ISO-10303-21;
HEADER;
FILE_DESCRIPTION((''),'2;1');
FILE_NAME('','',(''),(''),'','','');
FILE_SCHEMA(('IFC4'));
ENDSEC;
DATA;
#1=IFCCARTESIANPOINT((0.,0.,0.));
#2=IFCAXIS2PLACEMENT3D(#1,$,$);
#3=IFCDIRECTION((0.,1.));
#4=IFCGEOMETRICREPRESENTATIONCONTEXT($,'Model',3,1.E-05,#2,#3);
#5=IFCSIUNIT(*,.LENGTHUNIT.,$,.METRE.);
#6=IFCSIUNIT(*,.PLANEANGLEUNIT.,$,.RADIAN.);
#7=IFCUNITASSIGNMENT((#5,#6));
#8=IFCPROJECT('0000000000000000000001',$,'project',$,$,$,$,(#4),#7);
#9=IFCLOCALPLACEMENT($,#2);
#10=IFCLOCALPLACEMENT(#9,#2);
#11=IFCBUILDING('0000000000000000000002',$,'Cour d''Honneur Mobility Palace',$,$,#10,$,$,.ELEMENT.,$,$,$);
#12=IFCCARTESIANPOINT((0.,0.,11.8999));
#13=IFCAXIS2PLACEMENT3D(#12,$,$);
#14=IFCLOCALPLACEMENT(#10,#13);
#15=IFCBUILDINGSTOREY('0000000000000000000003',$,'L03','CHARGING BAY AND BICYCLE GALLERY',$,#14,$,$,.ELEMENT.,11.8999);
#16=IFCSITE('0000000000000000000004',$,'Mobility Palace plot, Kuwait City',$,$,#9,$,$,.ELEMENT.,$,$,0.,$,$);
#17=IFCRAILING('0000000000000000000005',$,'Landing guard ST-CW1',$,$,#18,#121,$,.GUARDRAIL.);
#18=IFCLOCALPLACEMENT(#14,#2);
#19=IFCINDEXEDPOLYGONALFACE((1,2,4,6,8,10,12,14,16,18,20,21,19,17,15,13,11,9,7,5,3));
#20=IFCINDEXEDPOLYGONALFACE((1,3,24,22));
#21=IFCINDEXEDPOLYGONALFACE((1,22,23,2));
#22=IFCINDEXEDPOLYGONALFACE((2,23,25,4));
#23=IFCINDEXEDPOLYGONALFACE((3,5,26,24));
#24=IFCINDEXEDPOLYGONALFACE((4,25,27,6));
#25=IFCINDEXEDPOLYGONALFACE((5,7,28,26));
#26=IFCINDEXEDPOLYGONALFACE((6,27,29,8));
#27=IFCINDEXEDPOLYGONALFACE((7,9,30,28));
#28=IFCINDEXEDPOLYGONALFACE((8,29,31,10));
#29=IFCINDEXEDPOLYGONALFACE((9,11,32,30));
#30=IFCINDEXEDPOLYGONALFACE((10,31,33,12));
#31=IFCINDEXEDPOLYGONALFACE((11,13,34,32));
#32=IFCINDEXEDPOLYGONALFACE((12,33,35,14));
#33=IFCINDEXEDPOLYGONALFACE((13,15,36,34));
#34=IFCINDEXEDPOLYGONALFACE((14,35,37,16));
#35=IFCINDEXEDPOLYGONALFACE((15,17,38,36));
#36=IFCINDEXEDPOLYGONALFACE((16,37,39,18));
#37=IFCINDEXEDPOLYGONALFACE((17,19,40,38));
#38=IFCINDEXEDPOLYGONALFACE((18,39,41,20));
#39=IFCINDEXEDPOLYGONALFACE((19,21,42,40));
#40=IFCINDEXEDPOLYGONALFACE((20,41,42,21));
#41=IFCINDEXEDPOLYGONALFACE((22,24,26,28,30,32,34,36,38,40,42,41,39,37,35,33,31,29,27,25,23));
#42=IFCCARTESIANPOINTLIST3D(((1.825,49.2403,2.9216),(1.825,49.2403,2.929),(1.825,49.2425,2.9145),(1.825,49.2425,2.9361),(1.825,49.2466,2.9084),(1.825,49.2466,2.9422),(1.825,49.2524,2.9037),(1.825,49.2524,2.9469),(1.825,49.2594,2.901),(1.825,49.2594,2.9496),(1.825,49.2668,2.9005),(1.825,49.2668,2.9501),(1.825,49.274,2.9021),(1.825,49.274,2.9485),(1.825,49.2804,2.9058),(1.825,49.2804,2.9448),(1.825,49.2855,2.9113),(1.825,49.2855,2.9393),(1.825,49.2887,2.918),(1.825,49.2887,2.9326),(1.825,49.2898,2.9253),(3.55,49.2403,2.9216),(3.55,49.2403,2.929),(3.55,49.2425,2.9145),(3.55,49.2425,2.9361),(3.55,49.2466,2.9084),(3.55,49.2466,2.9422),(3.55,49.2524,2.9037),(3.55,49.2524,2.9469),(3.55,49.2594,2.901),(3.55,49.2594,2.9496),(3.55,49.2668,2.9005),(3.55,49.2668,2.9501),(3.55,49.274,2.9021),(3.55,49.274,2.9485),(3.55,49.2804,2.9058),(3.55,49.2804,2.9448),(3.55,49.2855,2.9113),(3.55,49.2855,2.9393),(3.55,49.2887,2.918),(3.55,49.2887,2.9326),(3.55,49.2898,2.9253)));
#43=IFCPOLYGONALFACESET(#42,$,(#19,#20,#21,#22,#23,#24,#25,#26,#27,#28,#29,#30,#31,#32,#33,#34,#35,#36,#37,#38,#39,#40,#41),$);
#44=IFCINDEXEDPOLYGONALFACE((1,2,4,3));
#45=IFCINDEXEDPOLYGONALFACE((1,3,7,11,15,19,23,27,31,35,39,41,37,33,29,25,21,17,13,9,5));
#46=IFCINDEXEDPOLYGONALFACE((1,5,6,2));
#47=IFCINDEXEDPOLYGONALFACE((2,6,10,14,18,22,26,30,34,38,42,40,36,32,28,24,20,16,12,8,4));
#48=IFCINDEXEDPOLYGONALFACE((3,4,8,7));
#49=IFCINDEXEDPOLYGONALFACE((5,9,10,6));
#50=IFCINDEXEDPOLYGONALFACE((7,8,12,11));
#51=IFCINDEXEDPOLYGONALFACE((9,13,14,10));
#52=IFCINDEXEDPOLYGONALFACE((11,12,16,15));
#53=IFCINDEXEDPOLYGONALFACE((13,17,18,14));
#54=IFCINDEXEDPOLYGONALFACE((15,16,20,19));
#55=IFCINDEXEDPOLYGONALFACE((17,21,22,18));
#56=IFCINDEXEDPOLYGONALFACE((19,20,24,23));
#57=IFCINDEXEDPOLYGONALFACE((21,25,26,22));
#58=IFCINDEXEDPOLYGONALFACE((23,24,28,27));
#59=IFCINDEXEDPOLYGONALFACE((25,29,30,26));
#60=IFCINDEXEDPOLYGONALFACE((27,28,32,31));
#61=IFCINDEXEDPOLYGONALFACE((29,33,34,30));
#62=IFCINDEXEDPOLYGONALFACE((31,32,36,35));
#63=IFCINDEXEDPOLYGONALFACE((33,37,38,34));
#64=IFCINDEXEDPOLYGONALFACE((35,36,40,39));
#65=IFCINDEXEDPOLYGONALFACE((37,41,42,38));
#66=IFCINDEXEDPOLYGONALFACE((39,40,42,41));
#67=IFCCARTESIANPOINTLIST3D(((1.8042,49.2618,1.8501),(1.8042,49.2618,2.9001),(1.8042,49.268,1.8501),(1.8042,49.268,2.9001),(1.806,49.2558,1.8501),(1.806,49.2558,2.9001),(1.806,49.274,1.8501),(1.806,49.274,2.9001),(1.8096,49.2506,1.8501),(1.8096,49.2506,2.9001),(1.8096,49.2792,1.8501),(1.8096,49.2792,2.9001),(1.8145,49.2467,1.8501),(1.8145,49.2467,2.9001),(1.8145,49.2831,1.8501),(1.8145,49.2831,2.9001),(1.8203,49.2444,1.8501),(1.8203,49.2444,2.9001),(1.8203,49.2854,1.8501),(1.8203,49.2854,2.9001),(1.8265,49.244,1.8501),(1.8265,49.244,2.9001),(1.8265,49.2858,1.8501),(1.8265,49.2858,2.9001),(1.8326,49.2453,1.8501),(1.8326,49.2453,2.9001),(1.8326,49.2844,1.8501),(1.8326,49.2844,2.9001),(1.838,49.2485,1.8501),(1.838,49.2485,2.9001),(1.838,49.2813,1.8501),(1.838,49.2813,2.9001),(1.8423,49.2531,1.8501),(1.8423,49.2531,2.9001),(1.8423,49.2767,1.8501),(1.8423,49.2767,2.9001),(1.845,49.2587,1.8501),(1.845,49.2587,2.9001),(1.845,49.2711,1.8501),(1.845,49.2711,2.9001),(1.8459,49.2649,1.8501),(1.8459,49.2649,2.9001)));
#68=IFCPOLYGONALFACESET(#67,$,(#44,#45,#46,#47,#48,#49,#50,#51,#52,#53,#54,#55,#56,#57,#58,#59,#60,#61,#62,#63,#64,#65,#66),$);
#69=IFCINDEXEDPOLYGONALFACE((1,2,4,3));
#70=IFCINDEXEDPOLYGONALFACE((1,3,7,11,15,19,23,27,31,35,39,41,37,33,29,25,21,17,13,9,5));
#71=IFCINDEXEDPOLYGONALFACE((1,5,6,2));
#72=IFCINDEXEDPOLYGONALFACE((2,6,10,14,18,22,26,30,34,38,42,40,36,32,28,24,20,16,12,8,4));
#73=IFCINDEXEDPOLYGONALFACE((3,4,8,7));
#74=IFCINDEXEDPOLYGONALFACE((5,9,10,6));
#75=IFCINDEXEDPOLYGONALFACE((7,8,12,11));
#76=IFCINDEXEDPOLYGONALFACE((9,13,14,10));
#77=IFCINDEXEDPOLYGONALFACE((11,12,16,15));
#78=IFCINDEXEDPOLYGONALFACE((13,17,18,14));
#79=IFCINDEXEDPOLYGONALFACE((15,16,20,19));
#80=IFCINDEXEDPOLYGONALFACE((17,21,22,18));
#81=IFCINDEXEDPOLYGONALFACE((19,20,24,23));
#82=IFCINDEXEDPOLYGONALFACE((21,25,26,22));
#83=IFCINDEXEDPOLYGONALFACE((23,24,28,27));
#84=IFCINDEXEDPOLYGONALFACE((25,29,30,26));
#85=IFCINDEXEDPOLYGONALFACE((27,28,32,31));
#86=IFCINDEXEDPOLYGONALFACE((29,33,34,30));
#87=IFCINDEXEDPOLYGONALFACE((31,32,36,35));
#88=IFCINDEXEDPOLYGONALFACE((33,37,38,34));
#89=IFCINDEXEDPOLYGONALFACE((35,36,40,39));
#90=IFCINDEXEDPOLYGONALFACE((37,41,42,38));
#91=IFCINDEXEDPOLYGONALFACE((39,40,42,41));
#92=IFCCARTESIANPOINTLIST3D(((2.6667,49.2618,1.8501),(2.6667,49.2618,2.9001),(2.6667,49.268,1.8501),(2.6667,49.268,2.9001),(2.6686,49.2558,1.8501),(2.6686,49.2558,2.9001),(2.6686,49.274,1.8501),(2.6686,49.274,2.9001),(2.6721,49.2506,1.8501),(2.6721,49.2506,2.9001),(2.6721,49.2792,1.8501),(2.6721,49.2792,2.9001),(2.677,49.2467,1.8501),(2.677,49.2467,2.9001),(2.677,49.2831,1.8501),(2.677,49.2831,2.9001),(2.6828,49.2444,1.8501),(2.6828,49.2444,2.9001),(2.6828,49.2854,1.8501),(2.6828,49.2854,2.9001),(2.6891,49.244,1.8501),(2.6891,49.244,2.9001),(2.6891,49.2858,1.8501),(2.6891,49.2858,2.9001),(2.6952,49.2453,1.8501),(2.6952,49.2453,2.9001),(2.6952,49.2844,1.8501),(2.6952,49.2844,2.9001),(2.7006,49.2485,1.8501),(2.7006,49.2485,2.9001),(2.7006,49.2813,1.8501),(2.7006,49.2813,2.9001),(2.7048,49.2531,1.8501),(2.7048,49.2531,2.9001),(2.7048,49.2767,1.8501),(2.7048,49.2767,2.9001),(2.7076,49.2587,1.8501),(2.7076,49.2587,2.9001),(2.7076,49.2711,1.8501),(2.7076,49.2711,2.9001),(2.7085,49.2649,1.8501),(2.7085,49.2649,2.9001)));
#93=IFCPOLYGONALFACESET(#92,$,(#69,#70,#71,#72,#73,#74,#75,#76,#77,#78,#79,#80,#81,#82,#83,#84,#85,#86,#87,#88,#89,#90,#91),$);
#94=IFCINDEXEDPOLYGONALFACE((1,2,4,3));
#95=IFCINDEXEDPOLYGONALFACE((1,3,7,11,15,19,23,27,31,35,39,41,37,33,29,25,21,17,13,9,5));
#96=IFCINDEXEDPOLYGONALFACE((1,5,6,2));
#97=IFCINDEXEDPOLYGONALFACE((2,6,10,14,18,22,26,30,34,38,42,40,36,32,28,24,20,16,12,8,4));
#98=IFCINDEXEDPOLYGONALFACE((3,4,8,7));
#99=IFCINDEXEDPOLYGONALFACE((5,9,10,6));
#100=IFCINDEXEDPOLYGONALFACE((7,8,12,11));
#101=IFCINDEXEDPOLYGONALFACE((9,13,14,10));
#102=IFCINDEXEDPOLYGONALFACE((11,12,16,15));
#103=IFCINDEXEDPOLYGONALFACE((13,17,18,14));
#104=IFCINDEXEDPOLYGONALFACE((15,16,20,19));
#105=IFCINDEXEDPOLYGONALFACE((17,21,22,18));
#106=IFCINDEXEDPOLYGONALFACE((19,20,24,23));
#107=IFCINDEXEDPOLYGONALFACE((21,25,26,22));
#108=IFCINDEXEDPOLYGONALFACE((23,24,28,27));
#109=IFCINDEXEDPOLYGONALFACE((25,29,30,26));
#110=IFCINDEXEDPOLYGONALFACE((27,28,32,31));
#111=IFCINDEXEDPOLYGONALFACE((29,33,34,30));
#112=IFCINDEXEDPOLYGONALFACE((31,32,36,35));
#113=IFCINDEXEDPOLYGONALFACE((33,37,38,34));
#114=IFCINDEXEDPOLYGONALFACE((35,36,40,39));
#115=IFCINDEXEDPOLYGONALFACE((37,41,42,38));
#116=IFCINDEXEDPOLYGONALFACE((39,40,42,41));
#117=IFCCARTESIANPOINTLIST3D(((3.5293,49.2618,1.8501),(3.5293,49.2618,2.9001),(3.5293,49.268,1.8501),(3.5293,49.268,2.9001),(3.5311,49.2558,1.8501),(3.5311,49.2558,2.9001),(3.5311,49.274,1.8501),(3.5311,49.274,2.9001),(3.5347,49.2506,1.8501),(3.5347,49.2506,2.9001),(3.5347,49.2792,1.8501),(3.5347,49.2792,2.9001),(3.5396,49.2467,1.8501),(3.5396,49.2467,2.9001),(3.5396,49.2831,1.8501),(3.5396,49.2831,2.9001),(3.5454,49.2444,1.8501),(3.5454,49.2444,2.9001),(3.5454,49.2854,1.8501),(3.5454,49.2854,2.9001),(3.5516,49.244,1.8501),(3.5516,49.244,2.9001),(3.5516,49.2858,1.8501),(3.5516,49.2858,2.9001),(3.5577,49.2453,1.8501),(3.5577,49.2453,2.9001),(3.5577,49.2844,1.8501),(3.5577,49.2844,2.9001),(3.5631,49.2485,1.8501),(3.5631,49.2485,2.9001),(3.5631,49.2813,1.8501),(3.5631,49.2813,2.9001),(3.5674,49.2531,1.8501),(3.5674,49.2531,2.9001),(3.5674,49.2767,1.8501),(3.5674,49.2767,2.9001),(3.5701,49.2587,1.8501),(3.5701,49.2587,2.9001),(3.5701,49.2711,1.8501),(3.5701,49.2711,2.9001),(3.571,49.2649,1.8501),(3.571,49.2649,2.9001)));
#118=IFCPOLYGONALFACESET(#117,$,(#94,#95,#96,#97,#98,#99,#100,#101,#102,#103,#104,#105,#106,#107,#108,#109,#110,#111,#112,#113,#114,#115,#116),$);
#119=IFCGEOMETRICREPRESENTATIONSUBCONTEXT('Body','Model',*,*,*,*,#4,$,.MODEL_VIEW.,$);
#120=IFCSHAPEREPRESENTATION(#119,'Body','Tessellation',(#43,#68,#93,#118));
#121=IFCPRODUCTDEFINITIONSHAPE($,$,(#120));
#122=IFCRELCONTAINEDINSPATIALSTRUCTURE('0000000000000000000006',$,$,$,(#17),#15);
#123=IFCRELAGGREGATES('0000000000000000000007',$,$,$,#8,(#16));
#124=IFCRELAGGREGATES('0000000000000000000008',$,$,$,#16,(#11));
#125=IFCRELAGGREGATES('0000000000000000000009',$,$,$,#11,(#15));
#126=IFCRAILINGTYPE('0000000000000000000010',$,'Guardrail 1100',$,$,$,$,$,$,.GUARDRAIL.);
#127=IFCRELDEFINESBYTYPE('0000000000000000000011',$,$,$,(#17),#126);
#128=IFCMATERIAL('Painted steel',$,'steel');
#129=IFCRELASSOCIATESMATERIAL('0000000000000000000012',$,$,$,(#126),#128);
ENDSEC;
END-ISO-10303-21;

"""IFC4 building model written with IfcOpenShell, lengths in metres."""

from ifc_helpers import new_model, si_unit, direction, frame, origin, origin_2d, place, context, subcontext, project, spatial, circle, extrude, material, type_object, element, save


model = new_model("IFC4")

# Units and contexts
model_context = context("Model", 3, precision=1e-05, world=origin(), true_north=direction((0.0, 1.0)))
body_context = subcontext(model_context, "Body", "Model", "MODEL_VIEW")
ifc_project = project(units=[si_unit("LENGTHUNIT", "METRE"), si_unit("PLANEANGLEUNIT", "RADIAN")], contexts=[model_context])

# Site, building, storey
site_placement = place(None, origin())
site = spatial("IfcSite", under=ifc_project, at=site_placement, Name="Mobility Palace plot, Kuwait City", CompositionType="ELEMENT", RefElevation=0.0)
building_placement = place(site_placement, origin())
building = spatial("IfcBuilding", under=site, at=building_placement, Name="Cour d'Honneur Mobility Palace", CompositionType="ELEMENT")
storey_placement = place(building_placement, frame((0.0, 0.0, 11.8999)))
storey = spatial("IfcBuildingStorey", under=building, at=storey_placement, Name="L03", Description="CHARGING BAY AND BICYCLE GALLERY", CompositionType="ELEMENT", Elevation=11.8999)

# Railing
ifc_material_1 = material(Name="Painted steel", Category="steel")
railing_type_1 = type_object("IfcRailingType", Name="Guardrail 1100", PredefinedType="GUARDRAIL", material=ifc_material_1)
for number, where, name in (
    (1, (1.825, 49.2649, 1.8501), "Landing guard ST-CW1"),
):
    element("IfcRailing", number, at=place(storey_placement, frame(where)), inside=storey, type_object=railing_type_1, Name=name, PredefinedType="GUARDRAIL", context=body_context, shape_type="SweptSolid", body=[
        extrude(circle(Radius=0.0249, at=origin_2d()), frame((0.0, 0.0, 1.0752), z_axis=(1.0, 0.0, 0.0), x_axis=(0.0, 1.0, 0.0)), (0.0, 0.0, 1.0), 1.7251),
        extrude(circle(Radius=0.021, at=origin_2d()), origin(), (0.0, 0.0, 1.0), 1.05),
        extrude(circle(Radius=0.021, at=origin_2d()), frame((0.8625, 0.0, 0.0)), (0.0, 0.0, 1.0), 1.05),
        extrude(circle(Radius=0.021, at=origin_2d()), frame((1.7251, 0.0, 0.0)), (0.0, 0.0, 1.0), 1.05),
    ])

save(model, "model.ifc")
